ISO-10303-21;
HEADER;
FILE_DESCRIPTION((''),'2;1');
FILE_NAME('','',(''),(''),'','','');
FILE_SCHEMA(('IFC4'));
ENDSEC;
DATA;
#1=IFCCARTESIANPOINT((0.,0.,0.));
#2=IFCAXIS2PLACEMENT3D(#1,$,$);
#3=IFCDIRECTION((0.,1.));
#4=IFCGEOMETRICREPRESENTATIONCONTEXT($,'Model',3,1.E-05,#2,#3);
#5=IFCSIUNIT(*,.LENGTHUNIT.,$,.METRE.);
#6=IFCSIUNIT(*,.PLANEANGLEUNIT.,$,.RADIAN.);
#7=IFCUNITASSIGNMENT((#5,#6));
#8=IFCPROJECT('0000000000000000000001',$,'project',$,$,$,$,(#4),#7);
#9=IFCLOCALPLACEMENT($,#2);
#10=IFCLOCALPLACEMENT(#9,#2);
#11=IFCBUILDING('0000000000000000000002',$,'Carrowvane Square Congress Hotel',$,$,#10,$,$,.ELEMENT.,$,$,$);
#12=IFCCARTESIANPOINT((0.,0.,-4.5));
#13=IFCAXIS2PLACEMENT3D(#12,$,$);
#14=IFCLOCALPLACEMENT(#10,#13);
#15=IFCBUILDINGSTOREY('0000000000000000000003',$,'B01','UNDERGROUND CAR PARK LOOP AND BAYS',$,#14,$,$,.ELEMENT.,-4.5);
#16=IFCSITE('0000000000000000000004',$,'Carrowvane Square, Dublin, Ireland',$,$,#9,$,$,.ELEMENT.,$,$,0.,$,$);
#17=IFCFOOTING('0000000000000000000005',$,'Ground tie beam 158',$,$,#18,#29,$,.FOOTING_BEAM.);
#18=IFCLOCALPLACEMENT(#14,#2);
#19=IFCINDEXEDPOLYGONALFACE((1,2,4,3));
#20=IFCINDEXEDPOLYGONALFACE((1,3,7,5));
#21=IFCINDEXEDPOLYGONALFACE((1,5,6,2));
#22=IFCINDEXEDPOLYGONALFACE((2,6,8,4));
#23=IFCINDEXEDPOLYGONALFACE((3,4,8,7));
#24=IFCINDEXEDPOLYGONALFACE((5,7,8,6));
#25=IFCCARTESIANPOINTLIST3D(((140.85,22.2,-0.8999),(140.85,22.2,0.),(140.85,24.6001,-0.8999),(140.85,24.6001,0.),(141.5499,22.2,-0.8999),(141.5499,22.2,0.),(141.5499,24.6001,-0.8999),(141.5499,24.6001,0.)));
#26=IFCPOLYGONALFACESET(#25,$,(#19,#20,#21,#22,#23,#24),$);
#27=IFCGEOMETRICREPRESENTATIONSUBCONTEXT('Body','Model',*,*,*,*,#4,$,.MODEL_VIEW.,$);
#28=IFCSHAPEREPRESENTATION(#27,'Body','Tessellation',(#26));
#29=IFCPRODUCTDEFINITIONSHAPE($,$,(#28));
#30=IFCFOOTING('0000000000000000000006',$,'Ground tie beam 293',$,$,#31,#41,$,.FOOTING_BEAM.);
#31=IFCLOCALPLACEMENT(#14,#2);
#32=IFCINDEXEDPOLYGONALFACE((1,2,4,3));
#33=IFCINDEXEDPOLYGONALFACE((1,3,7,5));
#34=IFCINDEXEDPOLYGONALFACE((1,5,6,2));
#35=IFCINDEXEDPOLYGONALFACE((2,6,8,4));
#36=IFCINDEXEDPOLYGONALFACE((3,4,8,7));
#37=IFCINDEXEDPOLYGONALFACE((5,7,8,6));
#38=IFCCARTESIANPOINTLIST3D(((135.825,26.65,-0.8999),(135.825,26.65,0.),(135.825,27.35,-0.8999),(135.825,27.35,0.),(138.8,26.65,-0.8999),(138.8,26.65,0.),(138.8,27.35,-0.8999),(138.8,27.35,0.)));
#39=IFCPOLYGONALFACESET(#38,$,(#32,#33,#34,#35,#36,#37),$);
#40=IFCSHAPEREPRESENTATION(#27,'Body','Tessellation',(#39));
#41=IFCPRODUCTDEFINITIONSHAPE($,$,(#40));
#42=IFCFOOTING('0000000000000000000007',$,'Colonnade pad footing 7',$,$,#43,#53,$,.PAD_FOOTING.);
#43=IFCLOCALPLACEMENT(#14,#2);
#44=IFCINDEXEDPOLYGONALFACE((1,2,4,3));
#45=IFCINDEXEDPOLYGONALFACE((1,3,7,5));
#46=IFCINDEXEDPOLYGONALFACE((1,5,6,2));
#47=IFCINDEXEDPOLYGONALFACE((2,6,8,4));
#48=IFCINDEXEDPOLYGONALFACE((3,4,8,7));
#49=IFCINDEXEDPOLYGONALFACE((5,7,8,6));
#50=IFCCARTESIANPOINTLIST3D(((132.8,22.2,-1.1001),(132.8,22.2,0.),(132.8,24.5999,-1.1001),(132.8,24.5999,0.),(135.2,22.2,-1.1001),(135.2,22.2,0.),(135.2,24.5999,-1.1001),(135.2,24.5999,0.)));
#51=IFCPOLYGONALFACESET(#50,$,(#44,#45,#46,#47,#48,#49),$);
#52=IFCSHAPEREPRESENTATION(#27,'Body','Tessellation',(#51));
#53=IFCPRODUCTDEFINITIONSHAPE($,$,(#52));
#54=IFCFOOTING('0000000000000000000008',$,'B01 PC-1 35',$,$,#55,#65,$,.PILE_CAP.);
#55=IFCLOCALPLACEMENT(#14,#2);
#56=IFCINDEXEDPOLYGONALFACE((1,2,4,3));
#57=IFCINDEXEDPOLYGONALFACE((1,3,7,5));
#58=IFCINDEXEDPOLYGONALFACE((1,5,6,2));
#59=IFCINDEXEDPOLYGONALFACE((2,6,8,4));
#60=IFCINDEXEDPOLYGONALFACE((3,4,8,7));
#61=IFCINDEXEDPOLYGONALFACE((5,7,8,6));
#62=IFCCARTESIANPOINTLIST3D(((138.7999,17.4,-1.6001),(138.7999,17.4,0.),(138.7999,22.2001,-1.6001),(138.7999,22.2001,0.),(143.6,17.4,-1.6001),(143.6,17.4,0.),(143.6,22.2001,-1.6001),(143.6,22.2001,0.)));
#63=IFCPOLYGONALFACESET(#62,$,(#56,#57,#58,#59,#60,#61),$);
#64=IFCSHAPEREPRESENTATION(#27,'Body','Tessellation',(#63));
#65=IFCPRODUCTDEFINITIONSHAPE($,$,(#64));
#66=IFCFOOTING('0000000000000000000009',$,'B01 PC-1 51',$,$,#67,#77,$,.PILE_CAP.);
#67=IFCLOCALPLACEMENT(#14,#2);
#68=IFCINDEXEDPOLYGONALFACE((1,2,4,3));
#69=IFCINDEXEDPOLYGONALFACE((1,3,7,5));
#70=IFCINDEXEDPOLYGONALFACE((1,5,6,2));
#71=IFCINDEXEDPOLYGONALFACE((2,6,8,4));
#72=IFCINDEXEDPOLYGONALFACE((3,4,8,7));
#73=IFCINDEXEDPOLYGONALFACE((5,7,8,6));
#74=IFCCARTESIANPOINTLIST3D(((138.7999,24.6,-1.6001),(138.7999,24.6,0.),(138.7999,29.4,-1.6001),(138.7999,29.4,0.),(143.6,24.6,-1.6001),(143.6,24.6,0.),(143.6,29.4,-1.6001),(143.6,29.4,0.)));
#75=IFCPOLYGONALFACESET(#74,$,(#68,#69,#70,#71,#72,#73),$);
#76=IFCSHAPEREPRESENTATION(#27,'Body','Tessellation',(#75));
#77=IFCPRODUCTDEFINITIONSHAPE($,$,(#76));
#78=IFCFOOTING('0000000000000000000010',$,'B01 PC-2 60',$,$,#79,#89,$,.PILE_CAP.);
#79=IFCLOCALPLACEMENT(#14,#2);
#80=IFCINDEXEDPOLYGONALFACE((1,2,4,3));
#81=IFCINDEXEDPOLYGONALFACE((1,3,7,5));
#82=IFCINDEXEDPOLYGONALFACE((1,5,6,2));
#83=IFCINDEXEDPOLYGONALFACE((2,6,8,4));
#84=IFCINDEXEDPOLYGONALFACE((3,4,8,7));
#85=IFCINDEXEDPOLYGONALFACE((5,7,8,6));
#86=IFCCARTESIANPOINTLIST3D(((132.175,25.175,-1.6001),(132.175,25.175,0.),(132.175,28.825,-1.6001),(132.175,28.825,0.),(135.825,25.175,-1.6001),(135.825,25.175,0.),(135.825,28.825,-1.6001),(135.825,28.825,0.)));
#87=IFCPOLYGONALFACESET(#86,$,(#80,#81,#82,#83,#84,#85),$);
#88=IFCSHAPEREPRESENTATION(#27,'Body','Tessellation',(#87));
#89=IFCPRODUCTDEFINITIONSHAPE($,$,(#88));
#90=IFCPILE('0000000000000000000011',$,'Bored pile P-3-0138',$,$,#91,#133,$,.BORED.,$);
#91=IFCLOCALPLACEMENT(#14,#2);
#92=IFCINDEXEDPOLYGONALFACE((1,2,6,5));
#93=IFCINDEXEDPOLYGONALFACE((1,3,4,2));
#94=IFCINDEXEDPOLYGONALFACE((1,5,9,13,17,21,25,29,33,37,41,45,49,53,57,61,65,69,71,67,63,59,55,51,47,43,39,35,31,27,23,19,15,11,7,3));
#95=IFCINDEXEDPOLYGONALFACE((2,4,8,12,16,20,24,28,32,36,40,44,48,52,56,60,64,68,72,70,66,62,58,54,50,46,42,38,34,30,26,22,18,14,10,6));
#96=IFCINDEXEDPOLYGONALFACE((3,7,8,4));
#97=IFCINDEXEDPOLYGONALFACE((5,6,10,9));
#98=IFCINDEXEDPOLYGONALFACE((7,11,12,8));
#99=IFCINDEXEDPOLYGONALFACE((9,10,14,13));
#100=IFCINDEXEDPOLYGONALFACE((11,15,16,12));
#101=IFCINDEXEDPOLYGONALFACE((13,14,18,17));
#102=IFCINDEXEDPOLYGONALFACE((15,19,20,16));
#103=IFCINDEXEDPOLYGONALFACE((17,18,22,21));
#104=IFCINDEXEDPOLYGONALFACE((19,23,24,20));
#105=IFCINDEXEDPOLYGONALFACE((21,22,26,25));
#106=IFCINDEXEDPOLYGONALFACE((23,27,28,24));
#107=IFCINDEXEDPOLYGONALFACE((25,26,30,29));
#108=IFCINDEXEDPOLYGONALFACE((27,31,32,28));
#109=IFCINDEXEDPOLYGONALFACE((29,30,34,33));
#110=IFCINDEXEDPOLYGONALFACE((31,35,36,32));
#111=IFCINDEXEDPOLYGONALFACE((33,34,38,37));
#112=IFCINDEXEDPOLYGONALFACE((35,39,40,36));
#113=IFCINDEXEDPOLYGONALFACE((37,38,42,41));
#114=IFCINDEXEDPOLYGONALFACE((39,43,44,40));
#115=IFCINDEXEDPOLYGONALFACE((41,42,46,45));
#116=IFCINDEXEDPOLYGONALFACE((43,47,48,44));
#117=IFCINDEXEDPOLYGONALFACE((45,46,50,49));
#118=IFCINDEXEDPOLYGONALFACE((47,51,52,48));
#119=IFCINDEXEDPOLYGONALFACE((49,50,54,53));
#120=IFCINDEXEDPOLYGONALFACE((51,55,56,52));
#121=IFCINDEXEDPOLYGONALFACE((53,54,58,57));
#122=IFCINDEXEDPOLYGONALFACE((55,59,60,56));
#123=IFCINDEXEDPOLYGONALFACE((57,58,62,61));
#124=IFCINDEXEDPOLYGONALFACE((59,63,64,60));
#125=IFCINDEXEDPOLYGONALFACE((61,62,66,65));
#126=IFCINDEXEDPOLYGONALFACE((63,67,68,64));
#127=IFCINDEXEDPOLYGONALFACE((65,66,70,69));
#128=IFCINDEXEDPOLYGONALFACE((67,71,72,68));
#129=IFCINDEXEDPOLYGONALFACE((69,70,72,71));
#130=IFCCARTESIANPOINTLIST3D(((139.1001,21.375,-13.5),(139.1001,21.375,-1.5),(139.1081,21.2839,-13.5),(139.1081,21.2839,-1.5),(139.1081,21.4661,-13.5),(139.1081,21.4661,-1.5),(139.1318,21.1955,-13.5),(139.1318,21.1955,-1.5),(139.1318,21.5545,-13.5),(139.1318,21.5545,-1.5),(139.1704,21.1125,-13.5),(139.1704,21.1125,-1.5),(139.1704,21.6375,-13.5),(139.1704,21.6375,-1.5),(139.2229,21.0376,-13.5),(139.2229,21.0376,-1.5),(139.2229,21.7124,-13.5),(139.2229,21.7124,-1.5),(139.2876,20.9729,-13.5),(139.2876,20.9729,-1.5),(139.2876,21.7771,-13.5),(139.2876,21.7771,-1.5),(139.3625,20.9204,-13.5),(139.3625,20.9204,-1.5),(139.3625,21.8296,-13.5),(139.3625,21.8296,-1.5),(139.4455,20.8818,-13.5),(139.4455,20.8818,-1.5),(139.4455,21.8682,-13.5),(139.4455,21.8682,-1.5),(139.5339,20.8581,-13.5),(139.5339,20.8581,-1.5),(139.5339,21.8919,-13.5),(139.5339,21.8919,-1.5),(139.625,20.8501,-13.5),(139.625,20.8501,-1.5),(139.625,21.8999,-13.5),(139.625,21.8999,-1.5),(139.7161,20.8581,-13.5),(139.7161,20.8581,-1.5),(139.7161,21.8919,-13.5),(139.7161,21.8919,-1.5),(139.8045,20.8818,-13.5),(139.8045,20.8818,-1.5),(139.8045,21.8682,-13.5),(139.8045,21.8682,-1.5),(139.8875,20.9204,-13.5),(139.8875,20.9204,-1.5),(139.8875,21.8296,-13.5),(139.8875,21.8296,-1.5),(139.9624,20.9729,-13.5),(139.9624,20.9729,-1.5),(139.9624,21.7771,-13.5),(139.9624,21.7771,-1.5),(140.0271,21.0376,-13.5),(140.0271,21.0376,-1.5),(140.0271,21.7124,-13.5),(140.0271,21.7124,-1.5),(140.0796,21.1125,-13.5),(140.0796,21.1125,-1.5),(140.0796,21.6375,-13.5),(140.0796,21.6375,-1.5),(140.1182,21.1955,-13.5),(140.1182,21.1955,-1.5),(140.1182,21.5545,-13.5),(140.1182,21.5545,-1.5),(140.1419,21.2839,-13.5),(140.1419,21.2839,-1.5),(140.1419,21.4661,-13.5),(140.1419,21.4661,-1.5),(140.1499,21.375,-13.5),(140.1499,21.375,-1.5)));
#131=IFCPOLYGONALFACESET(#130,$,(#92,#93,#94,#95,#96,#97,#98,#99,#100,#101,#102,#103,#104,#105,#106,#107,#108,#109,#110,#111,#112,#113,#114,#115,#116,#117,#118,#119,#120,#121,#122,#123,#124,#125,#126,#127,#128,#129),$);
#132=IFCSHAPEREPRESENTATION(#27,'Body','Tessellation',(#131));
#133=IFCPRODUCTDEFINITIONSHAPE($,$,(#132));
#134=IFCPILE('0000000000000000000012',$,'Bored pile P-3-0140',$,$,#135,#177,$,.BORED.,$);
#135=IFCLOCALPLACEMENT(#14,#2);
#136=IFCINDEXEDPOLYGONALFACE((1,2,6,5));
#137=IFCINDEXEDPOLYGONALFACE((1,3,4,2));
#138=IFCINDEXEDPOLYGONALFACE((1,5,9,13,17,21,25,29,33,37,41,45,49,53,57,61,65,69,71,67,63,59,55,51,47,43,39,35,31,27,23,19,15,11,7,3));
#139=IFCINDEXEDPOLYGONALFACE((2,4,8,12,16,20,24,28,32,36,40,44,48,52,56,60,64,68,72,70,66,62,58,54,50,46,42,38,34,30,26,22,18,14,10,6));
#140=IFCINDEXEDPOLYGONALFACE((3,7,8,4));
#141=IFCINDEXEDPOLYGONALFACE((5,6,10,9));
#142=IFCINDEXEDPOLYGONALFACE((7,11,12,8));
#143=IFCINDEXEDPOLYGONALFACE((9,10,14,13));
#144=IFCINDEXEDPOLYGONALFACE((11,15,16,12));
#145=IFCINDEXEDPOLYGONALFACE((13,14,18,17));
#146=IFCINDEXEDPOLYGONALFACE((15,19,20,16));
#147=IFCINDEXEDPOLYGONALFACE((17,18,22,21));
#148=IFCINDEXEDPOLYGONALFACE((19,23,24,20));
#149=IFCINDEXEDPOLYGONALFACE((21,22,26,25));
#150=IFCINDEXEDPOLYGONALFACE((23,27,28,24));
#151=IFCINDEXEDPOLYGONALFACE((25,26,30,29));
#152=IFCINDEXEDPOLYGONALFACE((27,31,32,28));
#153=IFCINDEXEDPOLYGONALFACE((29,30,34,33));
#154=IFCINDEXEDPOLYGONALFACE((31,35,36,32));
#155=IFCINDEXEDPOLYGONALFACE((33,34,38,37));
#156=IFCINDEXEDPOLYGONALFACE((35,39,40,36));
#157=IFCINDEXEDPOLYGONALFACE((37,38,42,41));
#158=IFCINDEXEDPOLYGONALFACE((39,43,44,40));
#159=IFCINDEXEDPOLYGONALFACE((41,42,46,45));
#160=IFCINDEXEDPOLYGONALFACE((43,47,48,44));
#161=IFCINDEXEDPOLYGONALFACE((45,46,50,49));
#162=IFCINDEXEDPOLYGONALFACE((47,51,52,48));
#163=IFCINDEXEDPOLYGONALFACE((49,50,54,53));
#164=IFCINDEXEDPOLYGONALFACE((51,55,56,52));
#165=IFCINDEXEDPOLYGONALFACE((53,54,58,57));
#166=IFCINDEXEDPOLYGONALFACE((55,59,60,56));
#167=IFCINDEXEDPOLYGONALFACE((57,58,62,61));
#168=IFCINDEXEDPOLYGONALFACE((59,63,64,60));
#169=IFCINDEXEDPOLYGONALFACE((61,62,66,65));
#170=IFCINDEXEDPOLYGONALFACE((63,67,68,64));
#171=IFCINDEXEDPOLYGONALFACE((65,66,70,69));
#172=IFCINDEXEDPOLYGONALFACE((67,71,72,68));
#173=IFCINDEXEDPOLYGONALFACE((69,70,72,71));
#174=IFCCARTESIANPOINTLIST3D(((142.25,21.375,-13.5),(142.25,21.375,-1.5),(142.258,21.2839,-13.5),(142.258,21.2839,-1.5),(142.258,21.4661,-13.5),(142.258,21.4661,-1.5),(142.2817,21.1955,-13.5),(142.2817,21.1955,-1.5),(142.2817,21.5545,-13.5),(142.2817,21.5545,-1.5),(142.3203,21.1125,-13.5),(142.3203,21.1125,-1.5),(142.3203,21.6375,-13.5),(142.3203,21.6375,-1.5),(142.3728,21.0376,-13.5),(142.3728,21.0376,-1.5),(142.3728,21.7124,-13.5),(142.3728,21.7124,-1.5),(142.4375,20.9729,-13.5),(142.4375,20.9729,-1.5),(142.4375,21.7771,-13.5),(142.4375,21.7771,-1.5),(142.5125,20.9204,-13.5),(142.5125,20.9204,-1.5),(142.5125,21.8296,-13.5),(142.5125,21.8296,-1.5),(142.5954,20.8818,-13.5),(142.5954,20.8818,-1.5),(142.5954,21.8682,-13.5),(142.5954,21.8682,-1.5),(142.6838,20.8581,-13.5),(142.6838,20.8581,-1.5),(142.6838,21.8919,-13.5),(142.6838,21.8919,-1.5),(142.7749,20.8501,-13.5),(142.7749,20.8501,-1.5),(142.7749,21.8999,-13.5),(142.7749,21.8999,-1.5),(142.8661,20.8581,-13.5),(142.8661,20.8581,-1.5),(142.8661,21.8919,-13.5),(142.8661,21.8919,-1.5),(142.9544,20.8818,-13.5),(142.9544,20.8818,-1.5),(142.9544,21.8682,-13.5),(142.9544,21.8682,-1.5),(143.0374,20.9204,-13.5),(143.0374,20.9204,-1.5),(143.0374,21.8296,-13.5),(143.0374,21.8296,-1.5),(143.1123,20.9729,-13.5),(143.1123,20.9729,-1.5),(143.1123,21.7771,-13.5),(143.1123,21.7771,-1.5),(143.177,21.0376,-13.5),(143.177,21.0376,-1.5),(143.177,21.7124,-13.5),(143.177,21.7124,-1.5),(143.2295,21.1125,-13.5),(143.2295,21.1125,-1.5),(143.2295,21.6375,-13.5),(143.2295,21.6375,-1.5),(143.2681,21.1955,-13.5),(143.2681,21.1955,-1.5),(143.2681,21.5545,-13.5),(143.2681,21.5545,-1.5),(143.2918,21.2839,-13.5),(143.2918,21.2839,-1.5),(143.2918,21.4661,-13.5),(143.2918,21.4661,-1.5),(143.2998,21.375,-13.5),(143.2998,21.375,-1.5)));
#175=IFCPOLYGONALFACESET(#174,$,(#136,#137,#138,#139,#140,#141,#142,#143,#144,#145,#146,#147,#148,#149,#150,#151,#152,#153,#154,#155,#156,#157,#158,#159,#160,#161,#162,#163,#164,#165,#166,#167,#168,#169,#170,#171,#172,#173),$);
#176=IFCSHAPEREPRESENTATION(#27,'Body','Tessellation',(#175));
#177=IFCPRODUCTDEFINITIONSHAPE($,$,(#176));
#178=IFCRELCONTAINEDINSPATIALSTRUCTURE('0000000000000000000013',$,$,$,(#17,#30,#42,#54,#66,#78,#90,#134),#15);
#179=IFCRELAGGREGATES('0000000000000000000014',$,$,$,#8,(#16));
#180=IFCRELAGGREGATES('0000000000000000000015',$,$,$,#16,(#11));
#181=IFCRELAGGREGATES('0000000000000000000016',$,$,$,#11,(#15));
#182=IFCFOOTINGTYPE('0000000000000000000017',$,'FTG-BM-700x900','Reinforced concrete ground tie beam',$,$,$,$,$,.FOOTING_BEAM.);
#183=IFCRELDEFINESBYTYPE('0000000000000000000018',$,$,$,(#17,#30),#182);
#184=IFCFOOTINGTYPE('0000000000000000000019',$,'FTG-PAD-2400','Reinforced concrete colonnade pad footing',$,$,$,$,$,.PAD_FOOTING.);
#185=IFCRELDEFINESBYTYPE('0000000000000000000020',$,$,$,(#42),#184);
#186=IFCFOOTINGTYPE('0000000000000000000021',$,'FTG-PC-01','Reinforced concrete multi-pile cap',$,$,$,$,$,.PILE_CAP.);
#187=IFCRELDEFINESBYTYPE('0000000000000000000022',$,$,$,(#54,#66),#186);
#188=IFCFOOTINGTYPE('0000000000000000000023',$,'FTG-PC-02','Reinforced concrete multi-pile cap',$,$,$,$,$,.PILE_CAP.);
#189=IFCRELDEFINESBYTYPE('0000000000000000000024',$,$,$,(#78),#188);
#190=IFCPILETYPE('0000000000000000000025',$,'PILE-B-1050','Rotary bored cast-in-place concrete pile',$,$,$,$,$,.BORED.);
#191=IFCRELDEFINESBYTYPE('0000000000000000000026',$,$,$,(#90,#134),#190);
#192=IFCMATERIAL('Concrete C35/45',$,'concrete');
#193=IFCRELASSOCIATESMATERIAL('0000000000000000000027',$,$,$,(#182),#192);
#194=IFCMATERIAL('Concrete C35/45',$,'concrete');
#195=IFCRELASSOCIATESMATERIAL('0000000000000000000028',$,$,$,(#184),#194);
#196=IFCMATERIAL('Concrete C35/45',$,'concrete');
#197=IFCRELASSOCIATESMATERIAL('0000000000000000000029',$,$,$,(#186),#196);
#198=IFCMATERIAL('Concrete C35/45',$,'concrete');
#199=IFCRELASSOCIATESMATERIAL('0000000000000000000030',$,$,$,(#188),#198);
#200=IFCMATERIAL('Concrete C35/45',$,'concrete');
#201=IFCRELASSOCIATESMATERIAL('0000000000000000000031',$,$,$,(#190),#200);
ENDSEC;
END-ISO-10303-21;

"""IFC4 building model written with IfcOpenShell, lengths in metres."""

from ifc_helpers import new_model, si_unit, direction, frame, origin, origin_2d, place, context, subcontext, project, spatial, rectangle, circle, extrude, material, material_profile, profile_set, type_object, element, save


model = new_model("IFC4")

# Units and contexts
model_context = context("Model", 3, precision=1e-05, world=origin(), true_north=direction((0.0, 1.0)))
body_context = subcontext(model_context, "Body", "Model", "MODEL_VIEW")
ifc_project = project(units=[si_unit("LENGTHUNIT", "METRE"), si_unit("PLANEANGLEUNIT", "RADIAN")], contexts=[model_context])

# Site, building, storey
site_placement = place(None, origin())
site = spatial("IfcSite", under=ifc_project, at=site_placement, Name="Carrowvane Square, Dublin, Ireland", CompositionType="ELEMENT", RefElevation=0.0)
building_placement = place(site_placement, origin())
building = spatial("IfcBuilding", under=site, at=building_placement, Name="Carrowvane Square Congress Hotel", CompositionType="ELEMENT")
storey_placement = place(building_placement, frame((0.0, 0.0, -4.5)))
storey = spatial("IfcBuildingStorey", under=building, at=storey_placement, Name="B01", Description="UNDERGROUND CAR PARK LOOP AND BAYS", CompositionType="ELEMENT", Elevation=-4.5)

# Footings
ifc_material_1 = material(Name="Concrete C35/45", Category="concrete")
ifc_material_profile_1 = material_profile(ifc_material_1, rectangle(XDim=0.7, YDim=0.8999, at=origin_2d()), Name="RC 700x900")
ifc_profile_set_1 = profile_set([ifc_material_profile_1], Name="Concrete C35/45")
footing_type_1 = type_object("IfcFootingType", Name="FTG-BM-700x900", Description="Reinforced concrete ground tie beam", PredefinedType="FOOTING_BEAM", material=ifc_profile_set_1)
footing_1_placement = place(storey_placement, frame((141.2, 22.2, -0.45), z_axis=(0.0, 1.0, 0.0), x_axis=(-1.0, 0.0, 0.0)))
element("IfcFooting", 1, at=footing_1_placement, inside=storey, type_object=footing_type_1, Name="Ground tie beam 158", PredefinedType="FOOTING_BEAM", context=body_context, shape_type="SweptSolid", body=[
    extrude(rectangle(XDim=0.7, YDim=0.8999, at=origin_2d()), origin(), (0.0, 0.0, 1.0), 2.4001),
])
footing_2_placement = place(storey_placement, frame((135.825, 27.0, -0.45), z_axis=(1.0, 0.0, 0.0), x_axis=(0.0, 1.0, 0.0)))
element("IfcFooting", 2, at=footing_2_placement, inside=storey, type_object=footing_type_1, Name="Ground tie beam 293", PredefinedType="FOOTING_BEAM", context=body_context, shape_type="SweptSolid", body=[
    extrude(rectangle(XDim=0.7, YDim=0.8999, at=origin_2d()), origin(), (0.0, 0.0, 1.0), 2.9751),
])
ifc_material_2 = material(Name="Concrete C35/45", Category="concrete")
footing_type_2 = type_object("IfcFootingType", Name="FTG-PAD-2400", Description="Reinforced concrete colonnade pad footing", PredefinedType="PAD_FOOTING", material=ifc_material_2)
footing_3_placement = place(storey_placement, frame((134.0, 23.3999, -1.1001), z_axis=(0.0, 0.0, 1.0), x_axis=(1.0, 0.0, 0.0)))
element("IfcFooting", 3, at=footing_3_placement, inside=storey, type_object=footing_type_2, Name="Colonnade pad footing 7", PredefinedType="PAD_FOOTING", context=body_context, shape_type="SweptSolid", body=[
    extrude(rectangle(XDim=2.3999, YDim=2.3999, at=origin_2d()), origin(), (0.0, 0.0, 1.0), 1.1001),
])
ifc_material_3 = material(Name="Concrete C35/45", Category="concrete")
footing_type_3 = type_object("IfcFootingType", Name="FTG-PC-01", Description="Reinforced concrete multi-pile cap", PredefinedType="PILE_CAP", material=ifc_material_3)
for number, where, z_axis, x_axis, name in (
    (4, (141.2, 19.8, -1.6001), (0.0, 0.0, 1.0), (1.0, 0.0, 0.0), "B01 PC-1 35"),
    (5, (141.2, 27.0, -1.6001), (0.0, 0.0, 1.0), (1.0, 0.0, 0.0), "B01 PC-1 51"),
):
    element("IfcFooting", number, at=place(storey_placement, frame(where, z_axis=z_axis, x_axis=x_axis)), inside=storey, type_object=footing_type_3, Name=name, PredefinedType="PILE_CAP", context=body_context, shape_type="SweptSolid", body=[
        extrude(rectangle(XDim=4.8, YDim=4.8, at=origin_2d()), origin(), (0.0, 0.0, 1.0), 1.6001),
    ])
ifc_material_4 = material(Name="Concrete C35/45", Category="concrete")
footing_type_4 = type_object("IfcFootingType", Name="FTG-PC-02", Description="Reinforced concrete multi-pile cap", PredefinedType="PILE_CAP", material=ifc_material_4)
footing_4_placement = place(storey_placement, frame((134.0, 27.0, -1.6001), z_axis=(0.0, 0.0, 1.0), x_axis=(1.0, 0.0, 0.0)))
element("IfcFooting", 6, at=footing_4_placement, inside=storey, type_object=footing_type_4, Name="B01 PC-2 60", PredefinedType="PILE_CAP", context=body_context, shape_type="SweptSolid", body=[
    extrude(rectangle(XDim=3.6499, YDim=3.6499, at=origin_2d()), origin(), (0.0, 0.0, 1.0), 1.6001),
])

# Piles
ifc_material_5 = material(Name="Concrete C35/45", Category="concrete")
ifc_material_profile_2 = material_profile(ifc_material_5, circle(Radius=0.5249, at=origin_2d()), Name="PILE D1050")
ifc_profile_set_2 = profile_set([ifc_material_profile_2], Name="Concrete C35/45")
pile_type_1 = type_object("IfcPileType", Name="PILE-B-1050", Description="Rotary bored cast-in-place concrete pile", PredefinedType="BORED", material=ifc_profile_set_2)
for number, where, z_axis, x_axis, name in (
    (7, (139.625, 21.375, -1.5), (0.0, 0.0, -1.0), (1.0, 0.0, 0.0), "Bored pile P-3-0138"),
    (8, (142.7749, 21.375, -1.5), (0.0, 0.0, -1.0), (1.0, 0.0, 0.0), "Bored pile P-3-0140"),
):
    element("IfcPile", number, at=place(storey_placement, frame(where, z_axis=z_axis, x_axis=x_axis)), inside=storey, type_object=pile_type_1, Name=name, PredefinedType="BORED", context=body_context, shape_type="SweptSolid", body=[
        extrude(circle(Radius=0.5249, at=origin_2d()), origin(), (0.0, 0.0, 1.0), 12.0),
    ])

save(model, "model.ifc")
